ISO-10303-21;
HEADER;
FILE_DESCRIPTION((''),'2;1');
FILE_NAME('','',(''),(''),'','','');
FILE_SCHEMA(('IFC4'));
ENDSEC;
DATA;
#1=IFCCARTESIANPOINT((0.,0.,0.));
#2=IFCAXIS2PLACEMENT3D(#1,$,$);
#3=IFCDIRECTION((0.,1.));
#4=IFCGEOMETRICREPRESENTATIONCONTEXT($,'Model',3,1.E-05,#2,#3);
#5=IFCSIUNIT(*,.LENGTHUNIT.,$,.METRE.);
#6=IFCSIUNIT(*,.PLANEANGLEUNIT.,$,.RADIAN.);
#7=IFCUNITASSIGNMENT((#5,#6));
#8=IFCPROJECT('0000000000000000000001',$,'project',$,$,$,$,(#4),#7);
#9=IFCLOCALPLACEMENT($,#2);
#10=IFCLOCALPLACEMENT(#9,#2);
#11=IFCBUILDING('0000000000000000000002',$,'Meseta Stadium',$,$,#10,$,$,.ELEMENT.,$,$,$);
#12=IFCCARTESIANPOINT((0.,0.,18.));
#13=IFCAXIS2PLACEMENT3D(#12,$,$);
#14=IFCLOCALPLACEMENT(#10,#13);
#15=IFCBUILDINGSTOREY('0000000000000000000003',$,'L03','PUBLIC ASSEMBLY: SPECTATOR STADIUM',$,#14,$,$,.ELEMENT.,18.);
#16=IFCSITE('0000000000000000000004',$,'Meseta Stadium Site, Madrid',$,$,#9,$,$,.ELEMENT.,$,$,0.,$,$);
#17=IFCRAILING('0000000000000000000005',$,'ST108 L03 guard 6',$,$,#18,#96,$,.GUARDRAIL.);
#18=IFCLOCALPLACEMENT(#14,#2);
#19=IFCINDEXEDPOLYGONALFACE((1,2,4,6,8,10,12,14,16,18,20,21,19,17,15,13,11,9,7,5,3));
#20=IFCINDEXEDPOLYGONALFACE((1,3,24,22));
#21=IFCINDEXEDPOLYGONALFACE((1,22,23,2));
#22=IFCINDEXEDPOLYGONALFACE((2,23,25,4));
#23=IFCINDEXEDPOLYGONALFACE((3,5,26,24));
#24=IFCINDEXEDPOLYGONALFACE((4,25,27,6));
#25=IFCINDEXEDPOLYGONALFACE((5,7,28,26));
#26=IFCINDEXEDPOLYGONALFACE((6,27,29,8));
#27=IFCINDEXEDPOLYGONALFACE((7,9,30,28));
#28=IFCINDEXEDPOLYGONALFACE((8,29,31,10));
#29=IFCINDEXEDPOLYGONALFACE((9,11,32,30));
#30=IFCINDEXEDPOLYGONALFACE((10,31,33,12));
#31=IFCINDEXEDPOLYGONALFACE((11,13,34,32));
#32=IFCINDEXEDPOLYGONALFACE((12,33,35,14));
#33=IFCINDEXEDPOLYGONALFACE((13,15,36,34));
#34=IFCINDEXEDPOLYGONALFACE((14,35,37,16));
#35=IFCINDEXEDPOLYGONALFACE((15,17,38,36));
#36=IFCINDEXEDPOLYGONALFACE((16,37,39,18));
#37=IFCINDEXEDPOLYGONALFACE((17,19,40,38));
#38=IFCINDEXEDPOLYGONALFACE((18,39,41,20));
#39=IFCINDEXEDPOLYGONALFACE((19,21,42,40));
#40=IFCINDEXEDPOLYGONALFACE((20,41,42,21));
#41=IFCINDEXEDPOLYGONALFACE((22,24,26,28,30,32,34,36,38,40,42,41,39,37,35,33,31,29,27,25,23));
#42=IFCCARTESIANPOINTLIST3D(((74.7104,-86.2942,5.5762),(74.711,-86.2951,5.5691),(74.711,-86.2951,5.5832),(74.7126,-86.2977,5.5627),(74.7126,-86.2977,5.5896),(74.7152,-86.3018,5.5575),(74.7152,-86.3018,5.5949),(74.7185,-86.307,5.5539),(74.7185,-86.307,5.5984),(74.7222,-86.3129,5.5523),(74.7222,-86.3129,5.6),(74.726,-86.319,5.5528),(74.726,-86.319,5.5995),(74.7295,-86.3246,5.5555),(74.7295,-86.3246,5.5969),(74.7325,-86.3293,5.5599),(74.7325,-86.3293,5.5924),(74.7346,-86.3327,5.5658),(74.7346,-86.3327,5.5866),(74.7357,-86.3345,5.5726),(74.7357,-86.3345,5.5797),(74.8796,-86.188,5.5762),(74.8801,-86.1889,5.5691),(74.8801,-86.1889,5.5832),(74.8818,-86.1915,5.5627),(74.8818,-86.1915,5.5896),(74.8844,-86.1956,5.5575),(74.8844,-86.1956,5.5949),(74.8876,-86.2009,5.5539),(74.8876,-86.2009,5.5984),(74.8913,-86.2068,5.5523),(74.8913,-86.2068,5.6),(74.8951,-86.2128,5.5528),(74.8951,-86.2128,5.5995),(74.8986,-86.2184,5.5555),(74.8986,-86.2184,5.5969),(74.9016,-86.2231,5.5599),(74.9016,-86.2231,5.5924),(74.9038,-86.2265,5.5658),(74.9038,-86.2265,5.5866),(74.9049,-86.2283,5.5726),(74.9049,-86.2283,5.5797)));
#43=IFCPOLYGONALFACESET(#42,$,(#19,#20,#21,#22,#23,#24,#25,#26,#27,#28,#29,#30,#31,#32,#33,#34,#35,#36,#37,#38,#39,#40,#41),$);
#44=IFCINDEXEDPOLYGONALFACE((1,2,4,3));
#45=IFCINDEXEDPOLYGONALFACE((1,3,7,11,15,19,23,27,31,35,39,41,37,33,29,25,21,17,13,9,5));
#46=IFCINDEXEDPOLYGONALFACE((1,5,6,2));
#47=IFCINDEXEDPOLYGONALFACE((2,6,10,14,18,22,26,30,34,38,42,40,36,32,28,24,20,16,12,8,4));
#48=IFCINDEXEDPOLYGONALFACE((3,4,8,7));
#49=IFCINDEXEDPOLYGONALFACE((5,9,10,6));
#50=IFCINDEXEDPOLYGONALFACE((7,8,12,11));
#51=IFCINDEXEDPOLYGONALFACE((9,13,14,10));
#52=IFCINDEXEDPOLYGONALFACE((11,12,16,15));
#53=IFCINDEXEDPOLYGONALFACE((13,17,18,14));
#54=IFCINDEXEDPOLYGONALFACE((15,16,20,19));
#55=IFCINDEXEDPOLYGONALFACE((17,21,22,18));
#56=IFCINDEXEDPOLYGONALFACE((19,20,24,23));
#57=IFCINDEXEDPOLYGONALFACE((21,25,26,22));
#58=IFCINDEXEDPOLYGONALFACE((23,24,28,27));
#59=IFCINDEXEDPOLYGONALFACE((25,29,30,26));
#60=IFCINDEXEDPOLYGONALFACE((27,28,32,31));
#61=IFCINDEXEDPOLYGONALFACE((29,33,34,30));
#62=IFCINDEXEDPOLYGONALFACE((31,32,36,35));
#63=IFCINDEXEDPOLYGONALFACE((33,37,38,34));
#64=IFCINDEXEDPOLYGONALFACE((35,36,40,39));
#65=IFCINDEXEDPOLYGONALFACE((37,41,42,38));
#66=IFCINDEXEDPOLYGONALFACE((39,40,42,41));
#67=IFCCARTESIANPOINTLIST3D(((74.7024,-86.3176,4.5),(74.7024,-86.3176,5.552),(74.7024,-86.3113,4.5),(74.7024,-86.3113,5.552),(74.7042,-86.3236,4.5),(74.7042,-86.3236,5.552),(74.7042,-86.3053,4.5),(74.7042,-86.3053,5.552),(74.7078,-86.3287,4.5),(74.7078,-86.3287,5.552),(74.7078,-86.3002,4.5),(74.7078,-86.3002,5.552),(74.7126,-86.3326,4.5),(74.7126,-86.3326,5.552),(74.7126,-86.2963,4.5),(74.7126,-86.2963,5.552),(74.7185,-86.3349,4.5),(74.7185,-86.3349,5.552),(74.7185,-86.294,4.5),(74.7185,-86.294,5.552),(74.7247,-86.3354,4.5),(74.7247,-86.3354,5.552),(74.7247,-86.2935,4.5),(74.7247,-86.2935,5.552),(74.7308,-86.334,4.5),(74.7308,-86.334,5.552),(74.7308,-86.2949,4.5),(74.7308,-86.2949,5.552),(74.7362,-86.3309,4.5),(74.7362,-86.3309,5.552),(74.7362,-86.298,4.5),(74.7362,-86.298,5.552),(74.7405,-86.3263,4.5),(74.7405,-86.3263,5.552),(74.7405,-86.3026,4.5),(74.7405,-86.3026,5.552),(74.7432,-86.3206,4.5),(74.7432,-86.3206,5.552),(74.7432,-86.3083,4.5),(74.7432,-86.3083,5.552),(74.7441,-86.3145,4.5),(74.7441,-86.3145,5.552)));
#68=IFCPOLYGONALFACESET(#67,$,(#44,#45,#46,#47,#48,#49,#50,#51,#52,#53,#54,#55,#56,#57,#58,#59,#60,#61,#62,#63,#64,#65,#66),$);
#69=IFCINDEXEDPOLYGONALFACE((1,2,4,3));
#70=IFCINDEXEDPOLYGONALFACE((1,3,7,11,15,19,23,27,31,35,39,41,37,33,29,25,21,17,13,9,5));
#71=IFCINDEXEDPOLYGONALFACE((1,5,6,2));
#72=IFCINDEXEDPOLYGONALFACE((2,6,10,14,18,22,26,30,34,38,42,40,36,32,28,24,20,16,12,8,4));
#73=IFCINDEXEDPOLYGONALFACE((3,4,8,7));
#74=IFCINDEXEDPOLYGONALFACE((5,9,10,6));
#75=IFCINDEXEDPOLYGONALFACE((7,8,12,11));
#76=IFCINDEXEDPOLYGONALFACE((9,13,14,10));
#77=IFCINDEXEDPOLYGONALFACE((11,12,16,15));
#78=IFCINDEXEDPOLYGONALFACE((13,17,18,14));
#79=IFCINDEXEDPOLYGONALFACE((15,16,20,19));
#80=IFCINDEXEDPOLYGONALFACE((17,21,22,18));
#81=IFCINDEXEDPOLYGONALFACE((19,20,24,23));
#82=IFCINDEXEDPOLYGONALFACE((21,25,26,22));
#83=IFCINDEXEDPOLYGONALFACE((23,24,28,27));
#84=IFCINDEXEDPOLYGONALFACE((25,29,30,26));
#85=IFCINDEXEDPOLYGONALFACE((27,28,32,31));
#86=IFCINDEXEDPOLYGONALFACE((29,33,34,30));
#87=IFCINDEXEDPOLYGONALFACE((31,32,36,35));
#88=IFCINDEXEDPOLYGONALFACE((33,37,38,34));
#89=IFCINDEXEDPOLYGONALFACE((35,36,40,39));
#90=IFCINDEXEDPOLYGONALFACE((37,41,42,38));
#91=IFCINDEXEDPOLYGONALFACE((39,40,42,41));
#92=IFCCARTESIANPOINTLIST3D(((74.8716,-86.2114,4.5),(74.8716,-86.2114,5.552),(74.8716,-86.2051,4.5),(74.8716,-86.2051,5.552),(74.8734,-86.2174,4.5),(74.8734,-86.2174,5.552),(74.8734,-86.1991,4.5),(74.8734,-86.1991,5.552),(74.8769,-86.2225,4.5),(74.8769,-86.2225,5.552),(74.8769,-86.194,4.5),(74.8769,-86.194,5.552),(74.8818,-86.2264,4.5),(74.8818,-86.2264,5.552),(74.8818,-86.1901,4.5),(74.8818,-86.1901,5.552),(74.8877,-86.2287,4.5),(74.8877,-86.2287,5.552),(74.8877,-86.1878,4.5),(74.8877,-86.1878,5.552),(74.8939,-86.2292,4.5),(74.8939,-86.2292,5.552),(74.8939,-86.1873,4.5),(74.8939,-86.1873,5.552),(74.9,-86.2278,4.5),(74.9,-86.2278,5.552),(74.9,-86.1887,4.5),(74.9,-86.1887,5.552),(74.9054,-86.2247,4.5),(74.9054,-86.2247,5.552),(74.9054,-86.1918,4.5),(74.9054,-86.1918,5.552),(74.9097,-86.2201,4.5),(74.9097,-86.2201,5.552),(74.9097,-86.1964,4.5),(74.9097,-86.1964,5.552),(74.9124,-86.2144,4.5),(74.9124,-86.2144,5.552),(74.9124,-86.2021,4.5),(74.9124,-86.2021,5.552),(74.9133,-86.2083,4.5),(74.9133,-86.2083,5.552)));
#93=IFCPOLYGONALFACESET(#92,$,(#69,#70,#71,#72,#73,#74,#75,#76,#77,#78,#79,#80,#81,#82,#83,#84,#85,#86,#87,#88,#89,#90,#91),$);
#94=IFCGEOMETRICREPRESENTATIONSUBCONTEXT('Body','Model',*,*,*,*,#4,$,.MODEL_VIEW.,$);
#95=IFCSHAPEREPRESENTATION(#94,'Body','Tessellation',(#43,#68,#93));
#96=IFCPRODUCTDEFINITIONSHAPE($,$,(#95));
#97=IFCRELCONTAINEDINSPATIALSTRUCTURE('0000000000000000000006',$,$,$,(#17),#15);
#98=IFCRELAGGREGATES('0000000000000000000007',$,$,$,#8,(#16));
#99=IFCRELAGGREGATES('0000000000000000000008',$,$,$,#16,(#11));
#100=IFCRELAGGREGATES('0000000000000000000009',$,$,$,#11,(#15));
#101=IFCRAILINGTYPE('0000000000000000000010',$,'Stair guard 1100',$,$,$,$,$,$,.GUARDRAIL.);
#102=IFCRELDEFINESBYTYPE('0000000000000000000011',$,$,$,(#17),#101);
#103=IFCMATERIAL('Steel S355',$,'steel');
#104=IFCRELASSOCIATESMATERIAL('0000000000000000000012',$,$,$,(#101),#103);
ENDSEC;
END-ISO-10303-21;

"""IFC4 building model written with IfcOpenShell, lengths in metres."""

from ifc_helpers import new_model, si_unit, direction, frame, origin, origin_2d, place, context, subcontext, project, spatial, circle, extrude, material, type_object, element, save


model = new_model("IFC4")

# Units and contexts
model_context = context("Model", 3, precision=1e-05, world=origin(), true_north=direction((0.0, 1.0)))
body_context = subcontext(model_context, "Body", "Model", "MODEL_VIEW")
ifc_project = project(units=[si_unit("LENGTHUNIT", "METRE"), si_unit("PLANEANGLEUNIT", "RADIAN")], contexts=[model_context])

# Site, building, storey
site_placement = place(None, origin())
site = spatial("IfcSite", under=ifc_project, at=site_placement, Name="Meseta Stadium Site, Madrid", CompositionType="ELEMENT", RefElevation=0.0)
building_placement = place(site_placement, origin())
building = spatial("IfcBuilding", under=site, at=building_placement, Name="Meseta Stadium", CompositionType="ELEMENT")
storey_placement = place(building_placement, frame((0.0, 0.0, 18.0)))
storey = spatial("IfcBuildingStorey", under=building, at=storey_placement, Name="L03", Description="PUBLIC ASSEMBLY: SPECTATOR STADIUM", CompositionType="ELEMENT", Elevation=18.0)

# Railing
ifc_material_1 = material(Name="Steel S355", Category="steel")
railing_type_1 = type_object("IfcRailingType", Name="Stair guard 1100", PredefinedType="GUARDRAIL", material=ifc_material_1)
railing_1_placement = place(storey_placement, frame((74.7231, -86.3145, 4.5)))
element("IfcRailing", 1, at=railing_1_placement, inside=storey, type_object=railing_type_1, Name="ST108 L03 guard 6", PredefinedType="GUARDRAIL", context=body_context, shape_type="SweptSolid", body=[
    extrude(circle(Radius=0.0239, at=origin_2d()), frame((0.0, 0.0, 1.0762), z_axis=(0.846967, 0.531646, 0.0), x_axis=(-0.531646, 0.846967, 0.0)), (0.0, 0.0, 1.0), 0.1997),
    extrude(circle(Radius=0.021, at=origin_2d()), origin(), (0.0, 0.0, 1.0), 1.052),
    extrude(circle(Radius=0.021, at=origin_2d()), frame((0.1692, 0.1062, 0.0)), (0.0, 0.0, 1.0), 1.052),
])

save(model, "model.ifc")
